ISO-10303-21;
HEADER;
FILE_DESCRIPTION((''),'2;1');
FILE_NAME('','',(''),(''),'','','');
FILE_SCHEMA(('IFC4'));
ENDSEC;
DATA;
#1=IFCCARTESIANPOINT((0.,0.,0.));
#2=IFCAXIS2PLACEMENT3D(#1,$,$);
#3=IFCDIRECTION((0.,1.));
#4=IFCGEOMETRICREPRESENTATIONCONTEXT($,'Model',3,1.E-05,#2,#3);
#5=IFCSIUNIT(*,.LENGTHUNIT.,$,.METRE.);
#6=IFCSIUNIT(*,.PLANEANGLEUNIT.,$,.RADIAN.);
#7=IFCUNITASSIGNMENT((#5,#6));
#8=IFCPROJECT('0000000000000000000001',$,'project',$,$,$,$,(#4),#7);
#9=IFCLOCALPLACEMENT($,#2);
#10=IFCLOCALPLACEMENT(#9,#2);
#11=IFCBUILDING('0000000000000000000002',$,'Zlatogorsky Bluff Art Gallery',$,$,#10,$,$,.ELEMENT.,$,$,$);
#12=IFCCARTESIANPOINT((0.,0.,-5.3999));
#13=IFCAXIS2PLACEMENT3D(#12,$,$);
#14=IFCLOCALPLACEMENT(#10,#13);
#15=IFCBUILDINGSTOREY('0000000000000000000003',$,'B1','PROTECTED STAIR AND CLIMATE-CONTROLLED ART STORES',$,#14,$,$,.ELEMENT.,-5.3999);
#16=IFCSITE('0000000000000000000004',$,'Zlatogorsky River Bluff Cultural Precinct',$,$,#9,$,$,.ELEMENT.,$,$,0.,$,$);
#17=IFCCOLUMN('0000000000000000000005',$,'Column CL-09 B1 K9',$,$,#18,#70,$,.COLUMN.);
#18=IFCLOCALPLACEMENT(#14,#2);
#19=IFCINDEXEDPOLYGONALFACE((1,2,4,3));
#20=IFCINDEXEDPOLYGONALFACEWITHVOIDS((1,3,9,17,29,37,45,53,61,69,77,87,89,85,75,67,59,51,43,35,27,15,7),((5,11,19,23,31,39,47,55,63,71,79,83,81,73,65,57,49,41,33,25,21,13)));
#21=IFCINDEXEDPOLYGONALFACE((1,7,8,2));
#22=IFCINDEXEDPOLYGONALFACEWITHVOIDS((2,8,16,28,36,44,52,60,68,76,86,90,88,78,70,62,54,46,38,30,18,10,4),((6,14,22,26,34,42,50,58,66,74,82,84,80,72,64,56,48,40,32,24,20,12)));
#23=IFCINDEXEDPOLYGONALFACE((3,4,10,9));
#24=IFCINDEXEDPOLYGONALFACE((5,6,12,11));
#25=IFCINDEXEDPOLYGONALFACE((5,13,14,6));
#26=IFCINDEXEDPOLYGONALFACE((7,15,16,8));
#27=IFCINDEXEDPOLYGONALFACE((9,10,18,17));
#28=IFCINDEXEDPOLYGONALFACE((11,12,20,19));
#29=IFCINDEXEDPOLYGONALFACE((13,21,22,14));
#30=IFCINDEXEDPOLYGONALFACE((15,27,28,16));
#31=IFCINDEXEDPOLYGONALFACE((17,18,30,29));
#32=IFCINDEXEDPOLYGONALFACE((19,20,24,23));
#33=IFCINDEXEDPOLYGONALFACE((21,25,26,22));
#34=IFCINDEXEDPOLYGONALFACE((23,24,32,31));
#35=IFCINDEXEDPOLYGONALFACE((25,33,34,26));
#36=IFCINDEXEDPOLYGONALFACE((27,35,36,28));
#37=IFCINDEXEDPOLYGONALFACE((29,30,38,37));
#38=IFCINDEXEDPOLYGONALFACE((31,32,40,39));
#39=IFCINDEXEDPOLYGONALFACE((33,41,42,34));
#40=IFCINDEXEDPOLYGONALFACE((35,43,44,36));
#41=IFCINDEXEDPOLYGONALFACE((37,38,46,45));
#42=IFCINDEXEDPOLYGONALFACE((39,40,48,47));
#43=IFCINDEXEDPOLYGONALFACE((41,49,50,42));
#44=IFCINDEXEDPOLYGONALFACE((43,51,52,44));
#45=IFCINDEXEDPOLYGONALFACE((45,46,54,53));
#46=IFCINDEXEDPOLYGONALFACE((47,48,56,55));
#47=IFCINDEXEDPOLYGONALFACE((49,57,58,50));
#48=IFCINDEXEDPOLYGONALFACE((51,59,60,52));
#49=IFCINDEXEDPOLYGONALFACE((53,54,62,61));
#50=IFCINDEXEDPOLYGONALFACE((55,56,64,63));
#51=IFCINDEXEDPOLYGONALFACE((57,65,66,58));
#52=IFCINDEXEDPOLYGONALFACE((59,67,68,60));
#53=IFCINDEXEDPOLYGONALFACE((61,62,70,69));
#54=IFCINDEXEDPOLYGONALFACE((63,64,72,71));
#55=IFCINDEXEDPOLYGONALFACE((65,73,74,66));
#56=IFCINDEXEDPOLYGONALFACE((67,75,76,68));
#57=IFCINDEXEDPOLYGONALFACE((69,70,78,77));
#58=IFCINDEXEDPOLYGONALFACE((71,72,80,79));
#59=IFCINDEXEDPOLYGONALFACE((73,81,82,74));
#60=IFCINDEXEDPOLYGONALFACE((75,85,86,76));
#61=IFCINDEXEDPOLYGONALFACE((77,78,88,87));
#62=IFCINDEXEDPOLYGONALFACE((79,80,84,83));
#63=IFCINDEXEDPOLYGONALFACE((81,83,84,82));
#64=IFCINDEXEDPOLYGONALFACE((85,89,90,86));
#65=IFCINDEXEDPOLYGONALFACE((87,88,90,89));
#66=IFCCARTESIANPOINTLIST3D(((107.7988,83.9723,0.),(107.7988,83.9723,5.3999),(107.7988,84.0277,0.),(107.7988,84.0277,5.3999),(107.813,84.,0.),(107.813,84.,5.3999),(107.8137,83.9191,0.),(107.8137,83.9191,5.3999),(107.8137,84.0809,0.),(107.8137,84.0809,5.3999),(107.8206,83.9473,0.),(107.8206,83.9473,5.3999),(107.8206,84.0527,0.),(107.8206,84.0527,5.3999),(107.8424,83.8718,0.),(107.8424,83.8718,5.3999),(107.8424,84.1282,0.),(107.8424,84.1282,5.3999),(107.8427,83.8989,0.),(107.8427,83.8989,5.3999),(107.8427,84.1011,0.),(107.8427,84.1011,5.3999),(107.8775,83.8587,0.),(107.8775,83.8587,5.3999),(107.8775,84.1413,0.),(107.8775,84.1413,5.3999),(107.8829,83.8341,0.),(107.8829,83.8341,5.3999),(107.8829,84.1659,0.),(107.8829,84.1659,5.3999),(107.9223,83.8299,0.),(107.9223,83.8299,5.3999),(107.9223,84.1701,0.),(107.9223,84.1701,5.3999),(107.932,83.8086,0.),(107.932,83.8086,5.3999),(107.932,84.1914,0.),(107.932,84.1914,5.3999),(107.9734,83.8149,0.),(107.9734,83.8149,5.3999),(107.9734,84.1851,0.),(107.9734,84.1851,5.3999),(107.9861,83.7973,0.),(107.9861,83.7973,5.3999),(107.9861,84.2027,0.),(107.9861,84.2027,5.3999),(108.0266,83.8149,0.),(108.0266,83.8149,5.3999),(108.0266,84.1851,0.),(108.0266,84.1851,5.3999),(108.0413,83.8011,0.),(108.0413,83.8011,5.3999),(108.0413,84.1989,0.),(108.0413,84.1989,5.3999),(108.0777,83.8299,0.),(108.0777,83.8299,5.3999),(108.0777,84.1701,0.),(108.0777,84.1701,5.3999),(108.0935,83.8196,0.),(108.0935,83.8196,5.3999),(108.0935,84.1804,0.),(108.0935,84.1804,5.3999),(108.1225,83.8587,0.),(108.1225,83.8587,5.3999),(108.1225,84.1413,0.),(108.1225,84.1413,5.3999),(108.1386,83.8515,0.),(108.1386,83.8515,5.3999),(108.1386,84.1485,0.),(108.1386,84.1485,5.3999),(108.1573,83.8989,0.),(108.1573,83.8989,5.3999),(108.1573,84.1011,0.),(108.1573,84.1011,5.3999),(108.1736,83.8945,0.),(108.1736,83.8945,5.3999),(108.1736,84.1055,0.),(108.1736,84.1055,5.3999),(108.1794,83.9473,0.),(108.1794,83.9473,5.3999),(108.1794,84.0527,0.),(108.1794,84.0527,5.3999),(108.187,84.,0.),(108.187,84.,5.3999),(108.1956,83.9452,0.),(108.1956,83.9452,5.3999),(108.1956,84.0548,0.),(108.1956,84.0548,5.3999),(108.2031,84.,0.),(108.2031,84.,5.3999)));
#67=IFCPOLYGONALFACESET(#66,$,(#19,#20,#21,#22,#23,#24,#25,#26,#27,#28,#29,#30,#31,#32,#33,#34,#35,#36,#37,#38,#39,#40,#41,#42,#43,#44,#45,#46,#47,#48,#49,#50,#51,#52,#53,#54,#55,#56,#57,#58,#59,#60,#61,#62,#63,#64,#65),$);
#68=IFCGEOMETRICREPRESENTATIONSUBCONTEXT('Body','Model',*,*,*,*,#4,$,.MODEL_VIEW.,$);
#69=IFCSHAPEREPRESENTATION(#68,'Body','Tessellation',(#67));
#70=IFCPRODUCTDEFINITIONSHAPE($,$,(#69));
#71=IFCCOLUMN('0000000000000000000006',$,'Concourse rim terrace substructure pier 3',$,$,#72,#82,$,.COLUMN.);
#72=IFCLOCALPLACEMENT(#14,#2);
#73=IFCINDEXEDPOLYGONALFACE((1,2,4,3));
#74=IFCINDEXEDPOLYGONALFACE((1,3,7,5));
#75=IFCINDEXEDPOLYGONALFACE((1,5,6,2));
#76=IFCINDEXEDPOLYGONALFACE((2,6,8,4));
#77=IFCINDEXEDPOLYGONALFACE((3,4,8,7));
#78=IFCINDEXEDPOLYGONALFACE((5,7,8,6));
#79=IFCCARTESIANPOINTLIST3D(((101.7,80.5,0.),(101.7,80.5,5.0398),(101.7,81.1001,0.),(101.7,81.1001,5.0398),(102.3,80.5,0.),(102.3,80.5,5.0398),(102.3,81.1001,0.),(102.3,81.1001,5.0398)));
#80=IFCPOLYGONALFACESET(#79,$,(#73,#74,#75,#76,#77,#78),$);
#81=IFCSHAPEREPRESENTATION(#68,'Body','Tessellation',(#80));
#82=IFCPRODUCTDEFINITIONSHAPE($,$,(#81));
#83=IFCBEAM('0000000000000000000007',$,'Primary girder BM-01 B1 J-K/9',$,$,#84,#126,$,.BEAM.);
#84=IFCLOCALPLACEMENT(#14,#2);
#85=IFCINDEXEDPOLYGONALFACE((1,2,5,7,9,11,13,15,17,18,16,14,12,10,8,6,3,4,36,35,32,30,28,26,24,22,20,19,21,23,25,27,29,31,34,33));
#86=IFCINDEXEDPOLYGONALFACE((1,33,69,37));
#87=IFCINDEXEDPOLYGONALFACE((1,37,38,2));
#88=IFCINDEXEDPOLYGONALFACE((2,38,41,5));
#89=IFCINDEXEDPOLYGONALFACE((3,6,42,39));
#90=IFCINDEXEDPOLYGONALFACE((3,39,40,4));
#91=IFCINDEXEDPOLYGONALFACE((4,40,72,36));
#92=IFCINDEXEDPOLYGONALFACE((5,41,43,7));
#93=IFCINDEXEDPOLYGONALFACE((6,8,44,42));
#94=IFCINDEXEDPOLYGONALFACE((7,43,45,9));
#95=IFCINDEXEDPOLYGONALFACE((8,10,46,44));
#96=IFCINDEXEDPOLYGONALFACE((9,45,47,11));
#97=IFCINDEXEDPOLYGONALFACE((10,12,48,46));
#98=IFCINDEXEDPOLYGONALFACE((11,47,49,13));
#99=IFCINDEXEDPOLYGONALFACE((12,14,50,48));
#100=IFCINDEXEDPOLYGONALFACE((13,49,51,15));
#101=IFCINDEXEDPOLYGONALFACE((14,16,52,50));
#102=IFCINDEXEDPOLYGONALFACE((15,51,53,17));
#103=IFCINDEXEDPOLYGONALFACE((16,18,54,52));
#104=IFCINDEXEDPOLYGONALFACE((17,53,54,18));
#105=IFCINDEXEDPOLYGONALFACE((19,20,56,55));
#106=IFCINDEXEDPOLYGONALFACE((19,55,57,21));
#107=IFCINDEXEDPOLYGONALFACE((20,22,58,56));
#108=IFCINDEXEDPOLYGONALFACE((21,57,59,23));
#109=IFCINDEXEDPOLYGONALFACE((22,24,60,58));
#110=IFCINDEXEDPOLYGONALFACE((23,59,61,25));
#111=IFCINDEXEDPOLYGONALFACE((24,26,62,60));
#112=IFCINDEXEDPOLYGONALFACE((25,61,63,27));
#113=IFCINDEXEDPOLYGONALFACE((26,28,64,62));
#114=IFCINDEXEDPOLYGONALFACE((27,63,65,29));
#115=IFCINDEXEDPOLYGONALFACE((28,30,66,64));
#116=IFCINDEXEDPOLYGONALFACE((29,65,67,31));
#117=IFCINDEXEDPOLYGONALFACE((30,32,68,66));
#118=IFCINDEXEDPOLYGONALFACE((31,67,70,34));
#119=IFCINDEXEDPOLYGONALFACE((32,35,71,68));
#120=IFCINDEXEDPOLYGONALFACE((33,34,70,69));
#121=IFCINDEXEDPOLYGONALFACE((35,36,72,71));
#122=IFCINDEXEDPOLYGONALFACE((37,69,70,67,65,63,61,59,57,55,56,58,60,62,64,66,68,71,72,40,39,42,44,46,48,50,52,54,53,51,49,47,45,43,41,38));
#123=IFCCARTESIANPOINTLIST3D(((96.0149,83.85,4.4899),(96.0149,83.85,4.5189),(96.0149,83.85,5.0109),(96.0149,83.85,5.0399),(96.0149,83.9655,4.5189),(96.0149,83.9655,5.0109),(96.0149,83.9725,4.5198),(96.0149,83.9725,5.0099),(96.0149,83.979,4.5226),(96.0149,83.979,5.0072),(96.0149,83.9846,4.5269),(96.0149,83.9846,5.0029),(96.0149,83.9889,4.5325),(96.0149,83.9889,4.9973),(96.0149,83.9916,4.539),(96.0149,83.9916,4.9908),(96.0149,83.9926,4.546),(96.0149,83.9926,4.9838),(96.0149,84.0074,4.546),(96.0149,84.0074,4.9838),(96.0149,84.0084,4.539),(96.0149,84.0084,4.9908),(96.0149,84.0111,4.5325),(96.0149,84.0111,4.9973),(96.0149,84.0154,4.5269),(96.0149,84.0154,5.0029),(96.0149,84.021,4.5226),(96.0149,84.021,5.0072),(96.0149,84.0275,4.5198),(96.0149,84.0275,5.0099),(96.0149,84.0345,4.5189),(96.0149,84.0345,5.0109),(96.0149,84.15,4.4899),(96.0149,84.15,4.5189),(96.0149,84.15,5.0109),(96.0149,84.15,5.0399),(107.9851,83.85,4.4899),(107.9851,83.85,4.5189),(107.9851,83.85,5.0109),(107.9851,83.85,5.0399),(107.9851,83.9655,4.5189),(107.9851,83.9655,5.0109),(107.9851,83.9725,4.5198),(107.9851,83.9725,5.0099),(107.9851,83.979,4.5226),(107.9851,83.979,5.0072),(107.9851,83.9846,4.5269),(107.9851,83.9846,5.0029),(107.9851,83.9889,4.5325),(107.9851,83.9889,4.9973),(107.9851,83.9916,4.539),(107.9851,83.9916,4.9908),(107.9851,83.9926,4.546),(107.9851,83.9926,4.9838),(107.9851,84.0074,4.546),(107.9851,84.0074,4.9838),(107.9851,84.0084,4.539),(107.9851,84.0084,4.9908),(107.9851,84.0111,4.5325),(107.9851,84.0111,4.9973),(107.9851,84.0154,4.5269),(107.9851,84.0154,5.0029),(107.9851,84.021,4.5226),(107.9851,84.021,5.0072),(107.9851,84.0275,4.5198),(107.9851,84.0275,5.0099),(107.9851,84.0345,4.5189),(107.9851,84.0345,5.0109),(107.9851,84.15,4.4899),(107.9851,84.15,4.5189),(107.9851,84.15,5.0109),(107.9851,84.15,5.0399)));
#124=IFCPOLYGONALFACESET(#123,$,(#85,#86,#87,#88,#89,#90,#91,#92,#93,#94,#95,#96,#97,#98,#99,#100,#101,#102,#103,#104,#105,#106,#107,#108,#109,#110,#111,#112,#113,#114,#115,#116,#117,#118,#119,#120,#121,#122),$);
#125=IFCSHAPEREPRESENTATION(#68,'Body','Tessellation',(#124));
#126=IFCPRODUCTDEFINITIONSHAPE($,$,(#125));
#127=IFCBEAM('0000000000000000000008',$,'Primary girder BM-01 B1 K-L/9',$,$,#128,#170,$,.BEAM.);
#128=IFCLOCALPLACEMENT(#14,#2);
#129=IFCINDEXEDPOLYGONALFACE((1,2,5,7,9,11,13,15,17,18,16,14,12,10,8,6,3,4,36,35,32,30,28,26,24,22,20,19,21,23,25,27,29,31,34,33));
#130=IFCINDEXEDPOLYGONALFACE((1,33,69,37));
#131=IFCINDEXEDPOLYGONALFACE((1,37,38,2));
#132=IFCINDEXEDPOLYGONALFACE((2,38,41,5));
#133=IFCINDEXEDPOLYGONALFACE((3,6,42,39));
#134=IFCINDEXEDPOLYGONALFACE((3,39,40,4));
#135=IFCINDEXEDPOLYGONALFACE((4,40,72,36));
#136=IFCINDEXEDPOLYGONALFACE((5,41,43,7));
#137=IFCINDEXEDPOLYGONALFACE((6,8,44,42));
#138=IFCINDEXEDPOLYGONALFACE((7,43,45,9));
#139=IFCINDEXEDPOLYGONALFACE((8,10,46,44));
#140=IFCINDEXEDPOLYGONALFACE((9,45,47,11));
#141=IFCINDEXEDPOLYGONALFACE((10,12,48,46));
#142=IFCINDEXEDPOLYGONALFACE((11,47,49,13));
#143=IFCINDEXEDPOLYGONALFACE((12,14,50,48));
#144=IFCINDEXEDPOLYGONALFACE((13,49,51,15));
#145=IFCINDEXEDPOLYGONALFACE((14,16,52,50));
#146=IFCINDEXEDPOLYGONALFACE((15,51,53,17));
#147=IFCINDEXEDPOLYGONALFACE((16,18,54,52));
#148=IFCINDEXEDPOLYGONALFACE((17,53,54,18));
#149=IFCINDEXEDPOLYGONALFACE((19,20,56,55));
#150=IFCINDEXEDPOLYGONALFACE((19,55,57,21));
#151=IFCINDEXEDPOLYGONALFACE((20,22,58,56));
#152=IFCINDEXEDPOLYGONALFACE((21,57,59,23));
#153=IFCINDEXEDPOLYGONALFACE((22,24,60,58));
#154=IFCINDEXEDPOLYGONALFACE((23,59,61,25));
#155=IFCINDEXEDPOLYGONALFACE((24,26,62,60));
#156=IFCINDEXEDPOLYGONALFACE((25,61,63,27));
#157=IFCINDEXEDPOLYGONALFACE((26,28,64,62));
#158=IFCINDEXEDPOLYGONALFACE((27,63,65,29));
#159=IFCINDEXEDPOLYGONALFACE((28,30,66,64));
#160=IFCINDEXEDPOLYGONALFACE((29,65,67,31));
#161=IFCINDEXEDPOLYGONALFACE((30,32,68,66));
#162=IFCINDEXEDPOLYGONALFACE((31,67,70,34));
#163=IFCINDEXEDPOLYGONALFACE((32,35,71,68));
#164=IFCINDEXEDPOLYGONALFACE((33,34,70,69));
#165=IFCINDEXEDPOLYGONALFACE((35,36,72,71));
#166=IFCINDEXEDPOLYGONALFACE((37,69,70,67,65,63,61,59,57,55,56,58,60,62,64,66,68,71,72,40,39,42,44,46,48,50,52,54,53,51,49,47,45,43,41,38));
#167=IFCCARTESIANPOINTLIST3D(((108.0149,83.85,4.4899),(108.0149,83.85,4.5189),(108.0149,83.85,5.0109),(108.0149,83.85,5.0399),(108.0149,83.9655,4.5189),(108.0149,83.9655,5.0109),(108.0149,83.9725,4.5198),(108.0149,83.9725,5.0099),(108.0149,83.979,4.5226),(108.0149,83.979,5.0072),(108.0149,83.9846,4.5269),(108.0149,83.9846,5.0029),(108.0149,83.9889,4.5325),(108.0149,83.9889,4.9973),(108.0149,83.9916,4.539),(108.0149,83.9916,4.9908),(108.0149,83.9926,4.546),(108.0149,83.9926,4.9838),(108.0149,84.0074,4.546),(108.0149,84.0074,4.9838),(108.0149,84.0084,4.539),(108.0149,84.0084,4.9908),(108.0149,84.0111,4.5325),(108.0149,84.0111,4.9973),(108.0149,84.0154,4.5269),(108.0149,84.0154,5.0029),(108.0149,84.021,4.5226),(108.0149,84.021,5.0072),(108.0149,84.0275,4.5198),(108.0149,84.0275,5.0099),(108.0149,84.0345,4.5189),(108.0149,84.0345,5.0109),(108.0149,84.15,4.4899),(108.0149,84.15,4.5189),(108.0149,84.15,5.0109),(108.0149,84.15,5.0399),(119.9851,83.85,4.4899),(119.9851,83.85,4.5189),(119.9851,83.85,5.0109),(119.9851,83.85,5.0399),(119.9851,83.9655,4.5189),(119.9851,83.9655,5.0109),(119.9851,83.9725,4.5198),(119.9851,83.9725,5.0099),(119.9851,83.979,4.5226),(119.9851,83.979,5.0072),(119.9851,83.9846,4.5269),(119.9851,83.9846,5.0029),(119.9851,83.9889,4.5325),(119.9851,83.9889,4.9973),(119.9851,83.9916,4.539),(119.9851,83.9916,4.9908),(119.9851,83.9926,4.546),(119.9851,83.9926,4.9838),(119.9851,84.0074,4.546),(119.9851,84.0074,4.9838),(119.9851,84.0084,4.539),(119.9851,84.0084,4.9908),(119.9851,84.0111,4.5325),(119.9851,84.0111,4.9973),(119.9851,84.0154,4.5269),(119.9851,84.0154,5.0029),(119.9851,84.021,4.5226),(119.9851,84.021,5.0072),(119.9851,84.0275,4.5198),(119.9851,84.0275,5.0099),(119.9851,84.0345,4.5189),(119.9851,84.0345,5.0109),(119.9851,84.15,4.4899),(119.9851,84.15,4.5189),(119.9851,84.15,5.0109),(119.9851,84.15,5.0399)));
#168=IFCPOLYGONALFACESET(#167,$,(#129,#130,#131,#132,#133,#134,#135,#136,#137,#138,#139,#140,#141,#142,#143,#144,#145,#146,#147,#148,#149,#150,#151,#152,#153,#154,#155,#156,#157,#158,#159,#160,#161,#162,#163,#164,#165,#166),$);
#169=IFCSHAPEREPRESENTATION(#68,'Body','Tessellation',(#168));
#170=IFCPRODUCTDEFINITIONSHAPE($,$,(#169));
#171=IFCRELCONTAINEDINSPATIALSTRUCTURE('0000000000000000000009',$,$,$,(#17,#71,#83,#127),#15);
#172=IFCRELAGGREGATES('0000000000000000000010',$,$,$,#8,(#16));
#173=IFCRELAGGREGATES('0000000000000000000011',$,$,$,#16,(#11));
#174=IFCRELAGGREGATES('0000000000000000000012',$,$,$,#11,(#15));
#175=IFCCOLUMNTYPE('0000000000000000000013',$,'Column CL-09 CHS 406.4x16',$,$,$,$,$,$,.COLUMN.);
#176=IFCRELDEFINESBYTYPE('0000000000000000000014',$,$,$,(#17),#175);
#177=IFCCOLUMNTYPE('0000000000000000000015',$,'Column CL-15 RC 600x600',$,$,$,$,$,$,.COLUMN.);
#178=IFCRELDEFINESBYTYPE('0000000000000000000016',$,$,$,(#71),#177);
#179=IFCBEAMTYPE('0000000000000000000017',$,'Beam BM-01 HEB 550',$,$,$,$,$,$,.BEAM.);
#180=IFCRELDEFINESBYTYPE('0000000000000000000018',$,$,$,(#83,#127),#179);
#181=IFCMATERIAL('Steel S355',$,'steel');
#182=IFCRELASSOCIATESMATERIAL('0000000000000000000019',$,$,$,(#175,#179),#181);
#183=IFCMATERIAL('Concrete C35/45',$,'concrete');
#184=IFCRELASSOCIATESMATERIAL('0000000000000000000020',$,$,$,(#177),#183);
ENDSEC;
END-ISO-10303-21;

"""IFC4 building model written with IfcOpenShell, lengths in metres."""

from ifc_helpers import new_model, si_unit, direction, frame, origin, origin_2d, place, context, subcontext, project, spatial, rectangle, hollow_circle, i_section, extrude, material, material_profile, profile_set, type_object, element, save


model = new_model("IFC4")

# Units and contexts
model_context = context("Model", 3, precision=1e-05, world=origin(), true_north=direction((0.0, 1.0)))
body_context = subcontext(model_context, "Body", "Model", "MODEL_VIEW")
ifc_project = project(units=[si_unit("LENGTHUNIT", "METRE"), si_unit("PLANEANGLEUNIT", "RADIAN")], contexts=[model_context])

# Site, building, storey
site_placement = place(None, origin())
site = spatial("IfcSite", under=ifc_project, at=site_placement, Name="Zlatogorsky River Bluff Cultural Precinct", CompositionType="ELEMENT", RefElevation=0.0)
building_placement = place(site_placement, origin())
building = spatial("IfcBuilding", under=site, at=building_placement, Name="Zlatogorsky Bluff Art Gallery", CompositionType="ELEMENT")
storey_placement = place(building_placement, frame((0.0, 0.0, -5.3999)))
storey = spatial("IfcBuildingStorey", under=building, at=storey_placement, Name="B1", Description="PROTECTED STAIR AND CLIMATE-CONTROLLED ART STORES", CompositionType="ELEMENT", Elevation=-5.3999)

# Shared definitions
ifc_material_1 = material(Name="Concrete C35/45", Category="concrete")

# Columns
ifc_material_2 = material(Name="Steel S355", Category="steel")
ifc_material_profile_1 = material_profile(ifc_material_2, hollow_circle(Radius=0.2031, WallThickness=0.0161, at=origin_2d()), Name="CHS 406.4x16")
ifc_profile_set_1 = profile_set([ifc_material_profile_1], Name="Steel S355")
column_type_1 = type_object("IfcColumnType", Name="Column CL-09 CHS 406.4x16", PredefinedType="COLUMN", material=ifc_profile_set_1)
column_1_placement = place(storey_placement, frame((108.0, 84.0, 0.0), z_axis=(0.0, 0.0, 1.0), x_axis=(1.0, 0.0, 0.0)))
element("IfcColumn", 1, at=column_1_placement, inside=storey, type_object=column_type_1, Name="Column CL-09 B1 K9", PredefinedType="COLUMN", context=body_context, shape_type="SweptSolid", body=[
    extrude(hollow_circle(Radius=0.2031, WallThickness=0.0161, at=origin_2d()), origin(), (0.0, 0.0, 1.0), 5.3999),
])
ifc_material_profile_2 = material_profile(ifc_material_1, rectangle(XDim=0.6001, YDim=0.6001, at=origin_2d()), Name="RC 600x600")
ifc_profile_set_2 = profile_set([ifc_material_profile_2], Name="Concrete C35/45")
column_type_2 = type_object("IfcColumnType", Name="Column CL-15 RC 600x600", PredefinedType="COLUMN", material=ifc_profile_set_2)
column_2_placement = place(storey_placement, frame((102.0, 80.8, 0.0), z_axis=(0.0, 0.0, 1.0), x_axis=(1.0, 0.0, 0.0)))
element("IfcColumn", 2, at=column_2_placement, inside=storey, type_object=column_type_2, Name="Concourse rim terrace substructure pier 3", PredefinedType="COLUMN", context=body_context, shape_type="SweptSolid", body=[
    extrude(rectangle(XDim=0.6001, YDim=0.6001, at=origin_2d()), origin(), (0.0, 0.0, 1.0), 5.0398),
])

# Beams
ifc_material_profile_3 = material_profile(ifc_material_2, i_section(OverallWidth=0.3, OverallDepth=0.55, WebThickness=0.0149, FlangeThickness=0.0291, FilletRadius=0.0271, at=origin_2d()), Name="HEB 550")
ifc_profile_set_3 = profile_set([ifc_material_profile_3], Name="Steel S355")
beam_type_1 = type_object("IfcBeamType", Name="Beam BM-01 HEB 550", PredefinedType="BEAM", material=ifc_profile_set_3)
for number, where, z_axis, x_axis, name in (
    (3, (96.0149, 84.0, 4.7649), (1.0, 0.0, 0.0), (0.0, 1.0, 0.0), "Primary girder BM-01 B1 J-K/9"),
    (4, (108.0149, 84.0, 4.7649), (1.0, 0.0, 0.0), (0.0, 1.0, 0.0), "Primary girder BM-01 B1 K-L/9"),
):
    element("IfcBeam", number, at=place(storey_placement, frame(where, z_axis=z_axis, x_axis=x_axis)), inside=storey, type_object=beam_type_1, Name=name, PredefinedType="BEAM", context=body_context, shape_type="SweptSolid", body=[
        extrude(i_section(OverallWidth=0.3, OverallDepth=0.55, WebThickness=0.0149, FlangeThickness=0.0291, FilletRadius=0.0271, at=origin_2d()), origin(), (0.0, 0.0, 1.0), 11.9702),
    ])

save(model, "model.ifc")
